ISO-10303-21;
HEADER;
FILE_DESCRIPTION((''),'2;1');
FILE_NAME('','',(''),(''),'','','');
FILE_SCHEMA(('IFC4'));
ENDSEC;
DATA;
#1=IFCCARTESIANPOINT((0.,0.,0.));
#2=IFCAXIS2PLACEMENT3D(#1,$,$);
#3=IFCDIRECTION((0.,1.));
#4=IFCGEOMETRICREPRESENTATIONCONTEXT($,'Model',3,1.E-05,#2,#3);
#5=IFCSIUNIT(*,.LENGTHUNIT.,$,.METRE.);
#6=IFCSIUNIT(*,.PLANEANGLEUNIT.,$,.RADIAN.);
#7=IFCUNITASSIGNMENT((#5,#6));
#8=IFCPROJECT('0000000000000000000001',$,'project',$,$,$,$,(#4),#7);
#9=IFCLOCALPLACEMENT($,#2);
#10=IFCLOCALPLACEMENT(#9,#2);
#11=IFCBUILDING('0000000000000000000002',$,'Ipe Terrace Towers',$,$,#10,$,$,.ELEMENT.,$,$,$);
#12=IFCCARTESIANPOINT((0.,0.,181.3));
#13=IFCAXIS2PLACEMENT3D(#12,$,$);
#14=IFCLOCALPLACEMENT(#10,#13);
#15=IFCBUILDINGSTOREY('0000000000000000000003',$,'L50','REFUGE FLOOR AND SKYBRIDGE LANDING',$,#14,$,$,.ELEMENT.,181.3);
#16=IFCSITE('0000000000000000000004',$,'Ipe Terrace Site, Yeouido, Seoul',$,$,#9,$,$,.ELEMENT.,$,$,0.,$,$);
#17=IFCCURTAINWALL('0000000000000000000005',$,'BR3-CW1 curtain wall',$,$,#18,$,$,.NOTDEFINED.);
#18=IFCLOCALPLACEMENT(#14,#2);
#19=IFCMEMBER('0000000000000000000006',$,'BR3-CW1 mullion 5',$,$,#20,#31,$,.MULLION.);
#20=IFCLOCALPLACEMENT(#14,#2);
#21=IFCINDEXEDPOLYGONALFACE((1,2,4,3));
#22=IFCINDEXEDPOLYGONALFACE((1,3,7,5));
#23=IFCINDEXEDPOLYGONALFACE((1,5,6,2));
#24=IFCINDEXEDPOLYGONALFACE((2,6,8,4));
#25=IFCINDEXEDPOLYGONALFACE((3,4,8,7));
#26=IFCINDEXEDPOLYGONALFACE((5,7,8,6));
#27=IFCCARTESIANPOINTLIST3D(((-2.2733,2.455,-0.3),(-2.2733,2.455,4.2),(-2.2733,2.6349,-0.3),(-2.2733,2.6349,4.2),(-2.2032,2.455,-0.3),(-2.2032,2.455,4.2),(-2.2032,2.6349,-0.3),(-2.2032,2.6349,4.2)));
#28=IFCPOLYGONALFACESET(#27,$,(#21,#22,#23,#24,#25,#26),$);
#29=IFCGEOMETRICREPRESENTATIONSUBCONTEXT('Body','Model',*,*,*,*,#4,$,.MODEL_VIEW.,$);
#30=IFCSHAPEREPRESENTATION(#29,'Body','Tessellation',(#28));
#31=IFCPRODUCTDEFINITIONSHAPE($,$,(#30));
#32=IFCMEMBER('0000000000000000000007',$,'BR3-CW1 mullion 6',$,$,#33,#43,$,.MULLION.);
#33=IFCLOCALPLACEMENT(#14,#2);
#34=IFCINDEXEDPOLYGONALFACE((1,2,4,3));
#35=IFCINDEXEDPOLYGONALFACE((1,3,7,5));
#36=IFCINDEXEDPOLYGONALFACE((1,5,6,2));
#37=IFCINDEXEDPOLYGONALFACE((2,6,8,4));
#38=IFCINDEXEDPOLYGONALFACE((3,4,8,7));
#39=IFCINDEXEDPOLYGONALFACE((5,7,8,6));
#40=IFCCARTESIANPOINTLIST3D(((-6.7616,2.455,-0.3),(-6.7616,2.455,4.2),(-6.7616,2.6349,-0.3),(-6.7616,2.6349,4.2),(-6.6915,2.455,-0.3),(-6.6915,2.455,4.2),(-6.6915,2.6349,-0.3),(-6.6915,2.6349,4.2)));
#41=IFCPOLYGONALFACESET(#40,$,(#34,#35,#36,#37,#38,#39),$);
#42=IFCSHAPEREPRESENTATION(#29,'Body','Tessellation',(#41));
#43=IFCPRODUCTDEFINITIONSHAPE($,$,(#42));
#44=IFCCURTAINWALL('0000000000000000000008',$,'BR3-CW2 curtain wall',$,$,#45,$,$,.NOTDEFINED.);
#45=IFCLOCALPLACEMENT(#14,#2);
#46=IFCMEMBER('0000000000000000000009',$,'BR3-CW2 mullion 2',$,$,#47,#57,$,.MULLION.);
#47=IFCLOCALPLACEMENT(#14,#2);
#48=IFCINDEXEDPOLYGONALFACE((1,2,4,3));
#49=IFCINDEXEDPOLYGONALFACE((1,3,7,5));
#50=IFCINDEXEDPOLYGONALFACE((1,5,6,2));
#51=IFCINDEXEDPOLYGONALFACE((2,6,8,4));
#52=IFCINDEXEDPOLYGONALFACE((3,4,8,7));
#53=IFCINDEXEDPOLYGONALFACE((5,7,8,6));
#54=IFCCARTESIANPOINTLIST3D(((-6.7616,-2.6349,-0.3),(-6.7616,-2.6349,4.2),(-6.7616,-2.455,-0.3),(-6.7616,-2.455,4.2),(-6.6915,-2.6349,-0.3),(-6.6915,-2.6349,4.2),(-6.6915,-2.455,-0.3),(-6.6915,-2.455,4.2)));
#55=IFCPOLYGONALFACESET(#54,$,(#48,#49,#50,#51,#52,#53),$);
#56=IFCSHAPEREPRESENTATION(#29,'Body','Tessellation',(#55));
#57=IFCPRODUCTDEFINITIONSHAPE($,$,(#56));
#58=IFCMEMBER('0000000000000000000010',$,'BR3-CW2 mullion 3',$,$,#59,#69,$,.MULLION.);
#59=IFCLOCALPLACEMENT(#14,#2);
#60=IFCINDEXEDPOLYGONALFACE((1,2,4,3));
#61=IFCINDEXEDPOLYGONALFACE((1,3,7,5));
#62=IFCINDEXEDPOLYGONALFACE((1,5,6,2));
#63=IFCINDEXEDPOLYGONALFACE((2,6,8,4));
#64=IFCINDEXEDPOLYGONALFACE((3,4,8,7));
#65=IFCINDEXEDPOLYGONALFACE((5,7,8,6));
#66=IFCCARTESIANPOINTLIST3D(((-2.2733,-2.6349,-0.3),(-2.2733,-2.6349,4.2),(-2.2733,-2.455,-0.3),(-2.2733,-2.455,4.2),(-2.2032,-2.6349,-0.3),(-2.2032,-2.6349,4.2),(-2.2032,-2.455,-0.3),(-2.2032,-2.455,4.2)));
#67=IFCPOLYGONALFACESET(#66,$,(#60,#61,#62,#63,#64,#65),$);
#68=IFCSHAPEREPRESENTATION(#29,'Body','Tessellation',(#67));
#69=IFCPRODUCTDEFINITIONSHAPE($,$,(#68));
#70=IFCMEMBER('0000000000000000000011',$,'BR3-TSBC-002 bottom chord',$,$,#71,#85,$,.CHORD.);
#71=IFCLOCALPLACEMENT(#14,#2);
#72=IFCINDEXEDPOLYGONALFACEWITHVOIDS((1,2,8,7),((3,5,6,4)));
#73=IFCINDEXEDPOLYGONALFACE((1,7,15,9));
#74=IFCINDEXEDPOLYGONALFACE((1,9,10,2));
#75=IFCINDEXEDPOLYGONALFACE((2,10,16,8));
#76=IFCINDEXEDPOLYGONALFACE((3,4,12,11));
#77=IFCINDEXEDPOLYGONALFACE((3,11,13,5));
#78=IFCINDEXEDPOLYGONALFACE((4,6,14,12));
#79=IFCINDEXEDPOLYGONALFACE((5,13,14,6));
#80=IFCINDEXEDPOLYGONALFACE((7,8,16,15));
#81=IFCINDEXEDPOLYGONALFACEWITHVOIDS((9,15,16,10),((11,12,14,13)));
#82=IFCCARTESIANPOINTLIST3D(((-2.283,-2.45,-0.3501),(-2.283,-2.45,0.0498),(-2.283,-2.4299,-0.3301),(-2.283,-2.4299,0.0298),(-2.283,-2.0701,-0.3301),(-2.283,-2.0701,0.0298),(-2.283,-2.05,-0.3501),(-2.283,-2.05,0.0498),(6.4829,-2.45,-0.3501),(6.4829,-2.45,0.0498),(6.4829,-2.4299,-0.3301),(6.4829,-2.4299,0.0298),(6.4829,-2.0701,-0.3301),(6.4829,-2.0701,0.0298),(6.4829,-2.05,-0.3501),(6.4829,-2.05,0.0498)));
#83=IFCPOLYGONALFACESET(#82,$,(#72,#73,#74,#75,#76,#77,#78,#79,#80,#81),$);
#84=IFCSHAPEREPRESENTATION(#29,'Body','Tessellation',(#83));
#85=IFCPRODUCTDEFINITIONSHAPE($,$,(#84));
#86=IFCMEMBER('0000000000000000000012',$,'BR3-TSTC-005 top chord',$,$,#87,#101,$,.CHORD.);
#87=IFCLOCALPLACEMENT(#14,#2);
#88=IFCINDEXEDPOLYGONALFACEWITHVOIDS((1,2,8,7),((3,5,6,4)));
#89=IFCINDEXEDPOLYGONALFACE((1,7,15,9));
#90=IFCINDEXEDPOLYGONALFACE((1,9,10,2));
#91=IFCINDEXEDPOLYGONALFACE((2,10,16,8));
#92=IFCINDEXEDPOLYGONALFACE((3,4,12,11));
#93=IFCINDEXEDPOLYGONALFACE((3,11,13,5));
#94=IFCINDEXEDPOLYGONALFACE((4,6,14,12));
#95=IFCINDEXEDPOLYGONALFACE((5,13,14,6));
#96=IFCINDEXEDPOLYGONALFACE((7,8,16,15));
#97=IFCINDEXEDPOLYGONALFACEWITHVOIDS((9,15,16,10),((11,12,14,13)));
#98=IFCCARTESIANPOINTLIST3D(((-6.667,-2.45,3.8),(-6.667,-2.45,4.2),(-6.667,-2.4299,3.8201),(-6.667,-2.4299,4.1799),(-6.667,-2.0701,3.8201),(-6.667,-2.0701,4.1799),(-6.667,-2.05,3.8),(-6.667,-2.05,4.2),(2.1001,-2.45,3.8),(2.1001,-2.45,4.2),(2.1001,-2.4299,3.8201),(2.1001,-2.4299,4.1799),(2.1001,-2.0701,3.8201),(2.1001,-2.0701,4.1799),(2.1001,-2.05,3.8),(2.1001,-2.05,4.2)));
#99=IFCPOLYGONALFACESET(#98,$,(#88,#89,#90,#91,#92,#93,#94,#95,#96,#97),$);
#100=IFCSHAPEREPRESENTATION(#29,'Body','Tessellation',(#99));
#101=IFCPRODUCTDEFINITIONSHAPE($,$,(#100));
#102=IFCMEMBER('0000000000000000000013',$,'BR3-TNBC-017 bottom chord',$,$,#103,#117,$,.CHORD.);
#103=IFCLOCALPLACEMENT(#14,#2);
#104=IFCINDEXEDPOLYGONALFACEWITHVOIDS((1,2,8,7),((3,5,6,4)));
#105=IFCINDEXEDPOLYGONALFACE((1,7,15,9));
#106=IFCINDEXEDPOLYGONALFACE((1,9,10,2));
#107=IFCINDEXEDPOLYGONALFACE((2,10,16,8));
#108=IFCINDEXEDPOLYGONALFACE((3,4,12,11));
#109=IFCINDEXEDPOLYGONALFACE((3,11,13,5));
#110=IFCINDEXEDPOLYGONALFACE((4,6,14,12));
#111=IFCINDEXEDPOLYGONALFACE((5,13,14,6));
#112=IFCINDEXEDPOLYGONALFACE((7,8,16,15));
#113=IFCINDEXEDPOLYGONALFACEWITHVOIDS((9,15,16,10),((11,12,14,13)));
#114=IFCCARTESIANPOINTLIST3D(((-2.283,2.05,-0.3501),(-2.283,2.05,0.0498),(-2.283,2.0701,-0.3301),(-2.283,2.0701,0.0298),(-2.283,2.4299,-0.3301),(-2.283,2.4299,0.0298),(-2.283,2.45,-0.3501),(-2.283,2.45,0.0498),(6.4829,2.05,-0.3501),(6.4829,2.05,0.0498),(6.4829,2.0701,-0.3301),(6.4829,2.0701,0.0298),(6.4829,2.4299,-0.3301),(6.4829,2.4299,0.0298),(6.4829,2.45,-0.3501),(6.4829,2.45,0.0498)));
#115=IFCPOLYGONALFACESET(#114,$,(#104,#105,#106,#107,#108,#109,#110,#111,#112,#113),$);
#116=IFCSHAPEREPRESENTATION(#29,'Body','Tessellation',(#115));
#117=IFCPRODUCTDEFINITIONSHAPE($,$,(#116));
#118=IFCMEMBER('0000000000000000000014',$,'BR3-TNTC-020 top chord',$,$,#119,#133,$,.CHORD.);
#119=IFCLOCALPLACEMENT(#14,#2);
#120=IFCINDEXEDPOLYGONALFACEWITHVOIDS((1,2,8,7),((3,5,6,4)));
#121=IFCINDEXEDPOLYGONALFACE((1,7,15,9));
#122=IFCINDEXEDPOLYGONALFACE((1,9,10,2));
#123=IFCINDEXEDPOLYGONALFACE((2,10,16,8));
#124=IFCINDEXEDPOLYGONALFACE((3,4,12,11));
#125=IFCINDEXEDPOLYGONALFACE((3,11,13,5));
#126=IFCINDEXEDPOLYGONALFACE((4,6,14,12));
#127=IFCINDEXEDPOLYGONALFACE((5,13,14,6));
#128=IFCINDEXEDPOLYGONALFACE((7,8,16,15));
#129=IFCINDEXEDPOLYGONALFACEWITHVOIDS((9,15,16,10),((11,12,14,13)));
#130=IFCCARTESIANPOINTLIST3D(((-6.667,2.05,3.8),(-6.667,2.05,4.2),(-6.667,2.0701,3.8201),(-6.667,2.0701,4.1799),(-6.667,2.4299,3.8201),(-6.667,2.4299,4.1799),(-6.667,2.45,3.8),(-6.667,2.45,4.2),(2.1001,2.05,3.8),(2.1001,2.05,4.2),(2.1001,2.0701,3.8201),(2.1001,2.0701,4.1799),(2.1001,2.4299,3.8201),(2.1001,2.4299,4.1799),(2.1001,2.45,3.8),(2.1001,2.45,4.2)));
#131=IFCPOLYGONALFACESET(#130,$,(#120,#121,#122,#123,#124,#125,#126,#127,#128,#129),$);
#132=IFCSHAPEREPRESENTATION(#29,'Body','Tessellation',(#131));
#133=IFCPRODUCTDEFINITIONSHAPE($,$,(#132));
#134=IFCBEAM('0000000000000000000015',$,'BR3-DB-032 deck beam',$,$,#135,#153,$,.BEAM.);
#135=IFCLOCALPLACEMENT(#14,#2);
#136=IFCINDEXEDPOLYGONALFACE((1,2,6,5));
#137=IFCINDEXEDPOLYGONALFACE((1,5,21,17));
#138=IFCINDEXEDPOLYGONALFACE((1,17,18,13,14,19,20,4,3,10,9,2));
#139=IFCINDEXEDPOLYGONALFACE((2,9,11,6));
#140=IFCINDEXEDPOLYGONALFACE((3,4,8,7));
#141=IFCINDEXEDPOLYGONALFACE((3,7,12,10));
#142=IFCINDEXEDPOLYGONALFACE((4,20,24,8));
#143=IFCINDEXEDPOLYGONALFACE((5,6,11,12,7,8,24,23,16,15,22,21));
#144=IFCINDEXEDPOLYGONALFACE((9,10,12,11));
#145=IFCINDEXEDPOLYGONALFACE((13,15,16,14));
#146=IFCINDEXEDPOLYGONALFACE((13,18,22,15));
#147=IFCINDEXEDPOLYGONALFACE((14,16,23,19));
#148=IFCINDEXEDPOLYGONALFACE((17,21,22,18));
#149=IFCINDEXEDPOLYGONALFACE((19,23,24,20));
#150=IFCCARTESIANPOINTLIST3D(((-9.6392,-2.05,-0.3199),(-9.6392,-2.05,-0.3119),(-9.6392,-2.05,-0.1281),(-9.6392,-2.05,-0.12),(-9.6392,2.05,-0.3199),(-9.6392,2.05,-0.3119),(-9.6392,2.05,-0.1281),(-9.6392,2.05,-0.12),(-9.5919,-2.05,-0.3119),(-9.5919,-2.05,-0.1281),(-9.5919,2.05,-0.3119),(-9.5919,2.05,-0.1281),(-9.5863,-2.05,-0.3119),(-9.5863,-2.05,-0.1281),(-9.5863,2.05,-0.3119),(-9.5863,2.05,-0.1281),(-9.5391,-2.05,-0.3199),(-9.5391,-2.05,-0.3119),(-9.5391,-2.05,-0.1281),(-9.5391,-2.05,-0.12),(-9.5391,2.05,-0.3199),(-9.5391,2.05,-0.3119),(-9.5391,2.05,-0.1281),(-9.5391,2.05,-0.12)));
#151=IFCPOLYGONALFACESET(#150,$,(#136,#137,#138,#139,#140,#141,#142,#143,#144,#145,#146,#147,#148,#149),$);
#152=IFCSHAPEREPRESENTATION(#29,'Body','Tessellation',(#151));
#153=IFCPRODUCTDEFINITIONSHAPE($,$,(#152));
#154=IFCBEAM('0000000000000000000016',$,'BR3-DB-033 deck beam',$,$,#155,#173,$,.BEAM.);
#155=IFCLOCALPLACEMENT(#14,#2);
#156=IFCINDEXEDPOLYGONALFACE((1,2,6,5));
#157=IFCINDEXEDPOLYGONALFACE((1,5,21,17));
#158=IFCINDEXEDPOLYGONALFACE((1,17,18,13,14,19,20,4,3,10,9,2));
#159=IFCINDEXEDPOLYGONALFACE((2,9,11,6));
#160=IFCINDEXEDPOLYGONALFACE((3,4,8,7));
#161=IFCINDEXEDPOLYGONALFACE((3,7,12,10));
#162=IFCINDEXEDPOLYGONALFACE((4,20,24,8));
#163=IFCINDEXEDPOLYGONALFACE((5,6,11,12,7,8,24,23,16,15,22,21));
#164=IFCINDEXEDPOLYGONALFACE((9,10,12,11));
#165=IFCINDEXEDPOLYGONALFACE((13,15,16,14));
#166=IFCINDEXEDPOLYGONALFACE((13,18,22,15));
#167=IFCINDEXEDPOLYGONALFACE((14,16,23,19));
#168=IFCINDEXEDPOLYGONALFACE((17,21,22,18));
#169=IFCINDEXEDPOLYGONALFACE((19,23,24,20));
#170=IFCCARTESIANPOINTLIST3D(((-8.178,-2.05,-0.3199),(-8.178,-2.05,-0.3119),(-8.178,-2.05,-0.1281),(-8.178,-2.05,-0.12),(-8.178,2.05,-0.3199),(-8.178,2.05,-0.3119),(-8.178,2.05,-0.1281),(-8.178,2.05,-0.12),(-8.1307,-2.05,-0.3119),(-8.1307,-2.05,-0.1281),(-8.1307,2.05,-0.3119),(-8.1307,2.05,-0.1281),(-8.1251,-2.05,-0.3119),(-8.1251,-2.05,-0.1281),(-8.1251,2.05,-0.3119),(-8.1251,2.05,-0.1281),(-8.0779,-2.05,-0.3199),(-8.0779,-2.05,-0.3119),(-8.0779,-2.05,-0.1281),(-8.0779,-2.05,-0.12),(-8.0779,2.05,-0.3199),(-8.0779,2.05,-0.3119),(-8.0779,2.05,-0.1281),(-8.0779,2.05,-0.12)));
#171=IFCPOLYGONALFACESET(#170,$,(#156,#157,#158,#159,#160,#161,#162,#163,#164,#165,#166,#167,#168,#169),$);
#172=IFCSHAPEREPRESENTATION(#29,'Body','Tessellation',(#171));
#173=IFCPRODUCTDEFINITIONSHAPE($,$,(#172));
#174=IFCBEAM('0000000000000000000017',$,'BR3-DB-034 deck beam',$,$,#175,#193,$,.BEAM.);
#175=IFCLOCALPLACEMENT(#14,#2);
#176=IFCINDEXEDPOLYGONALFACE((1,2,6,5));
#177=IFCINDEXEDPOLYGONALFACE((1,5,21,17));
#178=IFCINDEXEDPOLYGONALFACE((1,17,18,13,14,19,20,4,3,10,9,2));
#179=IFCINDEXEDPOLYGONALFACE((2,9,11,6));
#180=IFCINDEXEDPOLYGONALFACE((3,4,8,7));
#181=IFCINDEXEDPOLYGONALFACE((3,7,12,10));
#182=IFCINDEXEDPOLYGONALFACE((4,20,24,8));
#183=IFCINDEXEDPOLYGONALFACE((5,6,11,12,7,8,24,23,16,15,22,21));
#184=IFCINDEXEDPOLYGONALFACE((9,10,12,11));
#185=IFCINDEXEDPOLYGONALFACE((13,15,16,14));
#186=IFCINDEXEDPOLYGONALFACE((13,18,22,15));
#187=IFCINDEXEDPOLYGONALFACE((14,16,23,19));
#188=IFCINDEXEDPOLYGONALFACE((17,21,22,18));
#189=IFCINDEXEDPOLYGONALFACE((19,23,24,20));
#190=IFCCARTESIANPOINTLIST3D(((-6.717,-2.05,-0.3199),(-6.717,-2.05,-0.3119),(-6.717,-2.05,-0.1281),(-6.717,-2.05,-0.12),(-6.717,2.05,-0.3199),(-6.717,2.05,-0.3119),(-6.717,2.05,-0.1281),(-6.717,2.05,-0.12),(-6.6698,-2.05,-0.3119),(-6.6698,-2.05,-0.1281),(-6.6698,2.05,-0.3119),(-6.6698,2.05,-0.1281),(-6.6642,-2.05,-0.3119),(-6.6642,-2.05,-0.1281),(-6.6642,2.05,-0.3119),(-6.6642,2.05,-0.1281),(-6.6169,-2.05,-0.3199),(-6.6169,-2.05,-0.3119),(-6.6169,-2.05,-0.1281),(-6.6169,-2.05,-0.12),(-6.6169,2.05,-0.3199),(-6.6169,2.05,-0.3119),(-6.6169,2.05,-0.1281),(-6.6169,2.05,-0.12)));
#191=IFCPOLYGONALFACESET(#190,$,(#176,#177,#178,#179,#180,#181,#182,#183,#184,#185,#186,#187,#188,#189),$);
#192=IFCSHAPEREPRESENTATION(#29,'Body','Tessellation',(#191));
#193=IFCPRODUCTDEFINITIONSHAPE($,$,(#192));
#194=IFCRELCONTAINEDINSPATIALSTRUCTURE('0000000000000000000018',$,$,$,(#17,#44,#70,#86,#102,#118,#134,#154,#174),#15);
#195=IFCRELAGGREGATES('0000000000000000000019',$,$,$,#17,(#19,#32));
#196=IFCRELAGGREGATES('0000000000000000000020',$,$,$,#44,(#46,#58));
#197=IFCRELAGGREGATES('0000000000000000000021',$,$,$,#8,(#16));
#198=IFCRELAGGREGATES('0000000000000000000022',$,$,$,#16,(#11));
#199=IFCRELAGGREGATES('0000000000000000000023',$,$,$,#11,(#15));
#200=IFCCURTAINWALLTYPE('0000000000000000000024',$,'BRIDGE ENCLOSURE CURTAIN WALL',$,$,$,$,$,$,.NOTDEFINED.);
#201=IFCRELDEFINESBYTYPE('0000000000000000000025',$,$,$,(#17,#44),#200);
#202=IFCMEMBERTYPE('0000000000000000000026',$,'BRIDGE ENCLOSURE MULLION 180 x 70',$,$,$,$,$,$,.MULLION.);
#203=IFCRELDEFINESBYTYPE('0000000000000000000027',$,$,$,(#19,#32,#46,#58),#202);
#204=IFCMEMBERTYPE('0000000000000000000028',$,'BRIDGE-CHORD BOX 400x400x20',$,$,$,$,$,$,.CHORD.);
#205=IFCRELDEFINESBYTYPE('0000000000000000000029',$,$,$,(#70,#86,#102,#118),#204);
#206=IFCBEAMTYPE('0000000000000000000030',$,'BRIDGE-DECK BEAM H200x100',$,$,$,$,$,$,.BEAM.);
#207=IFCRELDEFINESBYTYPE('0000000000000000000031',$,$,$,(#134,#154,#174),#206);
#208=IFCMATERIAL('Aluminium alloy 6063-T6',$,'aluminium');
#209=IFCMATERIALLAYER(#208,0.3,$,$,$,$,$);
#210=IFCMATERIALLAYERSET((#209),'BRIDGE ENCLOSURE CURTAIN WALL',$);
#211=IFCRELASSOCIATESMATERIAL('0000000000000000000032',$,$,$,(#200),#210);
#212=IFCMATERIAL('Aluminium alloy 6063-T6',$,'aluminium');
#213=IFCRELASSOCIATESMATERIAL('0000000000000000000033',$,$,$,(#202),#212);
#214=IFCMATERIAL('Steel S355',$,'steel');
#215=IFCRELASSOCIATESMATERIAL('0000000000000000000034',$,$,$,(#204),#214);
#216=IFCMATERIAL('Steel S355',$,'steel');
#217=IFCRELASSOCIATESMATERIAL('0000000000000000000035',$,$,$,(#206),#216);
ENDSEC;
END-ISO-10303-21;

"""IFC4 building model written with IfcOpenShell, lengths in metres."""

from ifc_helpers import new_model, si_unit, direction, frame, origin, origin_2d, place, context, subcontext, project, spatial, rectangle, hollow_rectangle, i_section, extrude, material, layer, layer_set, material_profile, profile_set, type_object, element, aggregate, save


model = new_model("IFC4")

# Units and contexts
model_context = context("Model", 3, precision=1e-05, world=origin(), true_north=direction((0.0, 1.0)))
body_context = subcontext(model_context, "Body", "Model", "MODEL_VIEW")
ifc_project = project(units=[si_unit("LENGTHUNIT", "METRE"), si_unit("PLANEANGLEUNIT", "RADIAN")], contexts=[model_context])

# Site, building, storey
site_placement = place(None, origin())
site = spatial("IfcSite", under=ifc_project, at=site_placement, Name="Ipe Terrace Site, Yeouido, Seoul", CompositionType="ELEMENT", RefElevation=0.0)
building_placement = place(site_placement, origin())
building = spatial("IfcBuilding", under=site, at=building_placement, Name="Ipe Terrace Towers", CompositionType="ELEMENT")
storey_placement = place(building_placement, frame((0.0, 0.0, 181.3)))
storey = spatial("IfcBuildingStorey", under=building, at=storey_placement, Name="L50", Description="REFUGE FLOOR AND SKYBRIDGE LANDING", CompositionType="ELEMENT", Elevation=181.3)

# Curtain walls, members
ifc_material_1 = material(Name="Aluminium alloy 6063-T6", Category="aluminium")
ifc_layer_1 = layer(ifc_material_1, 0.3)
ifc_layer_set_1 = layer_set([ifc_layer_1], Name="BRIDGE ENCLOSURE CURTAIN WALL")
curtain_wall_type_1 = type_object("IfcCurtainWallType", Name="BRIDGE ENCLOSURE CURTAIN WALL", PredefinedType="NOTDEFINED", material=ifc_layer_set_1)
curtain_wall_1_placement = place(storey_placement, origin())
curtain_wall_1 = element("IfcCurtainWall", 1, at=curtain_wall_1_placement, inside=storey, type_object=curtain_wall_type_1, Name="BR3-CW1 curtain wall", PredefinedType="NOTDEFINED")
ifc_material_2 = material(Name="Aluminium alloy 6063-T6", Category="aluminium")
ifc_material_profile_1 = material_profile(ifc_material_2, rectangle(XDim=0.1799, YDim=0.0701, at=origin_2d()), Name="BRIDGE ENCLOSURE MULLION 180 x 70")
ifc_profile_set_1 = profile_set([ifc_material_profile_1], Name="Aluminium alloy 6063-T6")
member_type_1 = type_object("IfcMemberType", Name="BRIDGE ENCLOSURE MULLION 180 x 70", PredefinedType="MULLION", material=ifc_profile_set_1)
member_1_placement = place(storey_placement, frame((-2.2383, 2.5449, -0.3), z_axis=(0.0, 0.0, 1.0), x_axis=(0.0, 1.0, 0.0)))
member_1 = element("IfcMember", 2, at=member_1_placement, type_object=member_type_1, Name="BR3-CW1 mullion 5", PredefinedType="MULLION", context=body_context, shape_type="SweptSolid", body=[
    extrude(rectangle(XDim=0.1799, YDim=0.0701, at=origin_2d()), origin(), (0.0, 0.0, 1.0), 4.5),
])
member_2_placement = place(storey_placement, frame((-6.7266, 2.5449, -0.3), z_axis=(0.0, 0.0, 1.0), x_axis=(0.0, 1.0, 0.0)))
member_2 = element("IfcMember", 3, at=member_2_placement, type_object=member_type_1, Name="BR3-CW1 mullion 6", PredefinedType="MULLION", context=body_context, shape_type="SweptSolid", body=[
    extrude(rectangle(XDim=0.1799, YDim=0.0701, at=origin_2d()), origin(), (0.0, 0.0, 1.0), 4.5),
])
curtain_wall_2_placement = place(storey_placement, origin())
curtain_wall_2 = element("IfcCurtainWall", 4, at=curtain_wall_2_placement, inside=storey, type_object=curtain_wall_type_1, Name="BR3-CW2 curtain wall", PredefinedType="NOTDEFINED")
member_3_placement = place(storey_placement, frame((-6.7266, -2.5449, -0.3), z_axis=(0.0, 0.0, 1.0), x_axis=(0.0, -1.0, 0.0)))
member_3 = element("IfcMember", 5, at=member_3_placement, type_object=member_type_1, Name="BR3-CW2 mullion 2", PredefinedType="MULLION", context=body_context, shape_type="SweptSolid", body=[
    extrude(rectangle(XDim=0.1799, YDim=0.0701, at=origin_2d()), origin(), (0.0, 0.0, 1.0), 4.5),
])
member_4_placement = place(storey_placement, frame((-2.2383, -2.5449, -0.3), z_axis=(0.0, 0.0, 1.0), x_axis=(0.0, -1.0, 0.0)))
member_4 = element("IfcMember", 6, at=member_4_placement, type_object=member_type_1, Name="BR3-CW2 mullion 3", PredefinedType="MULLION", context=body_context, shape_type="SweptSolid", body=[
    extrude(rectangle(XDim=0.1799, YDim=0.0701, at=origin_2d()), origin(), (0.0, 0.0, 1.0), 4.5),
])

# Members
ifc_material_3 = material(Name="Steel S355", Category="steel")
ifc_material_profile_2 = material_profile(ifc_material_3, hollow_rectangle(XDim=0.3999, YDim=0.3999, WallThickness=0.02, at=origin_2d()), Name="BRIDGE-CHORD BOX 400x400x20")
ifc_profile_set_2 = profile_set([ifc_material_profile_2], Name="Steel S355")
member_type_2 = type_object("IfcMemberType", Name="BRIDGE-CHORD BOX 400x400x20", PredefinedType="CHORD", material=ifc_profile_set_2)
member_5_placement = place(storey_placement, frame((-2.283, -2.25, -0.1501), z_axis=(1.0, 0.0, 0.0), x_axis=(0.0, 1.0, 0.0)))
element("IfcMember", 7, at=member_5_placement, inside=storey, type_object=member_type_2, Name="BR3-TSBC-002 bottom chord", PredefinedType="CHORD", context=body_context, shape_type="SweptSolid", body=[
    extrude(hollow_rectangle(XDim=0.3999, YDim=0.3999, WallThickness=0.02, at=origin_2d()), origin(), (0.0, 0.0, 1.0), 8.7659),
])
member_6_placement = place(storey_placement, frame((-6.667, -2.25, 4.0), z_axis=(1.0, 0.0, 0.0), x_axis=(0.0, 1.0, 0.0)))
element("IfcMember", 8, at=member_6_placement, inside=storey, type_object=member_type_2, Name="BR3-TSTC-005 top chord", PredefinedType="CHORD", context=body_context, shape_type="SweptSolid", body=[
    extrude(hollow_rectangle(XDim=0.3999, YDim=0.3999, WallThickness=0.02, at=origin_2d()), origin(), (0.0, 0.0, 1.0), 8.7671),
])
member_7_placement = place(storey_placement, frame((-2.283, 2.25, -0.1501), z_axis=(1.0, 0.0, 0.0), x_axis=(0.0, 1.0, 0.0)))
element("IfcMember", 9, at=member_7_placement, inside=storey, type_object=member_type_2, Name="BR3-TNBC-017 bottom chord", PredefinedType="CHORD", context=body_context, shape_type="SweptSolid", body=[
    extrude(hollow_rectangle(XDim=0.3999, YDim=0.3999, WallThickness=0.02, at=origin_2d()), origin(), (0.0, 0.0, 1.0), 8.7659),
])
member_8_placement = place(storey_placement, frame((-6.667, 2.25, 4.0), z_axis=(1.0, 0.0, 0.0), x_axis=(0.0, 1.0, 0.0)))
element("IfcMember", 10, at=member_8_placement, inside=storey, type_object=member_type_2, Name="BR3-TNTC-020 top chord", PredefinedType="CHORD", context=body_context, shape_type="SweptSolid", body=[
    extrude(hollow_rectangle(XDim=0.3999, YDim=0.3999, WallThickness=0.02, at=origin_2d()), origin(), (0.0, 0.0, 1.0), 8.7671),
])

# Beams
ifc_material_4 = material(Name="Steel S355", Category="steel")
ifc_material_profile_3 = material_profile(ifc_material_4, i_section(OverallWidth=0.1001, OverallDepth=0.2, WebThickness=0.0056, FlangeThickness=0.0081, at=origin_2d()), Name="H200x100")
ifc_profile_set_3 = profile_set([ifc_material_profile_3], Name="Steel S355")
beam_type_1 = type_object("IfcBeamType", Name="BRIDGE-DECK BEAM H200x100", PredefinedType="BEAM", material=ifc_profile_set_3)
for number, where, z_axis, x_axis, name in (
    (11, (-9.5891, -2.05, -0.22), (0.0, 1.0, 0.0), (-1.0, 0.0, 0.0), "BR3-DB-032 deck beam"),
    (12, (-8.1279, -2.05, -0.22), (0.0, 1.0, 0.0), (-1.0, 0.0, 0.0), "BR3-DB-033 deck beam"),
    (13, (-6.667, -2.05, -0.22), (0.0, 1.0, 0.0), (-1.0, 0.0, 0.0), "BR3-DB-034 deck beam"),
):
    element("IfcBeam", number, at=place(storey_placement, frame(where, z_axis=z_axis, x_axis=x_axis)), inside=storey, type_object=beam_type_1, Name=name, PredefinedType="BEAM", context=body_context, shape_type="SweptSolid", body=[
        extrude(i_section(OverallWidth=0.1001, OverallDepth=0.2, WebThickness=0.0056, FlangeThickness=0.0081, at=origin_2d()), origin(), (0.0, 0.0, 1.0), 4.1001),
    ])

aggregate(curtain_wall_1, [member_1, member_2])
aggregate(curtain_wall_2, [member_3, member_4])

save(model, "model.ifc")
